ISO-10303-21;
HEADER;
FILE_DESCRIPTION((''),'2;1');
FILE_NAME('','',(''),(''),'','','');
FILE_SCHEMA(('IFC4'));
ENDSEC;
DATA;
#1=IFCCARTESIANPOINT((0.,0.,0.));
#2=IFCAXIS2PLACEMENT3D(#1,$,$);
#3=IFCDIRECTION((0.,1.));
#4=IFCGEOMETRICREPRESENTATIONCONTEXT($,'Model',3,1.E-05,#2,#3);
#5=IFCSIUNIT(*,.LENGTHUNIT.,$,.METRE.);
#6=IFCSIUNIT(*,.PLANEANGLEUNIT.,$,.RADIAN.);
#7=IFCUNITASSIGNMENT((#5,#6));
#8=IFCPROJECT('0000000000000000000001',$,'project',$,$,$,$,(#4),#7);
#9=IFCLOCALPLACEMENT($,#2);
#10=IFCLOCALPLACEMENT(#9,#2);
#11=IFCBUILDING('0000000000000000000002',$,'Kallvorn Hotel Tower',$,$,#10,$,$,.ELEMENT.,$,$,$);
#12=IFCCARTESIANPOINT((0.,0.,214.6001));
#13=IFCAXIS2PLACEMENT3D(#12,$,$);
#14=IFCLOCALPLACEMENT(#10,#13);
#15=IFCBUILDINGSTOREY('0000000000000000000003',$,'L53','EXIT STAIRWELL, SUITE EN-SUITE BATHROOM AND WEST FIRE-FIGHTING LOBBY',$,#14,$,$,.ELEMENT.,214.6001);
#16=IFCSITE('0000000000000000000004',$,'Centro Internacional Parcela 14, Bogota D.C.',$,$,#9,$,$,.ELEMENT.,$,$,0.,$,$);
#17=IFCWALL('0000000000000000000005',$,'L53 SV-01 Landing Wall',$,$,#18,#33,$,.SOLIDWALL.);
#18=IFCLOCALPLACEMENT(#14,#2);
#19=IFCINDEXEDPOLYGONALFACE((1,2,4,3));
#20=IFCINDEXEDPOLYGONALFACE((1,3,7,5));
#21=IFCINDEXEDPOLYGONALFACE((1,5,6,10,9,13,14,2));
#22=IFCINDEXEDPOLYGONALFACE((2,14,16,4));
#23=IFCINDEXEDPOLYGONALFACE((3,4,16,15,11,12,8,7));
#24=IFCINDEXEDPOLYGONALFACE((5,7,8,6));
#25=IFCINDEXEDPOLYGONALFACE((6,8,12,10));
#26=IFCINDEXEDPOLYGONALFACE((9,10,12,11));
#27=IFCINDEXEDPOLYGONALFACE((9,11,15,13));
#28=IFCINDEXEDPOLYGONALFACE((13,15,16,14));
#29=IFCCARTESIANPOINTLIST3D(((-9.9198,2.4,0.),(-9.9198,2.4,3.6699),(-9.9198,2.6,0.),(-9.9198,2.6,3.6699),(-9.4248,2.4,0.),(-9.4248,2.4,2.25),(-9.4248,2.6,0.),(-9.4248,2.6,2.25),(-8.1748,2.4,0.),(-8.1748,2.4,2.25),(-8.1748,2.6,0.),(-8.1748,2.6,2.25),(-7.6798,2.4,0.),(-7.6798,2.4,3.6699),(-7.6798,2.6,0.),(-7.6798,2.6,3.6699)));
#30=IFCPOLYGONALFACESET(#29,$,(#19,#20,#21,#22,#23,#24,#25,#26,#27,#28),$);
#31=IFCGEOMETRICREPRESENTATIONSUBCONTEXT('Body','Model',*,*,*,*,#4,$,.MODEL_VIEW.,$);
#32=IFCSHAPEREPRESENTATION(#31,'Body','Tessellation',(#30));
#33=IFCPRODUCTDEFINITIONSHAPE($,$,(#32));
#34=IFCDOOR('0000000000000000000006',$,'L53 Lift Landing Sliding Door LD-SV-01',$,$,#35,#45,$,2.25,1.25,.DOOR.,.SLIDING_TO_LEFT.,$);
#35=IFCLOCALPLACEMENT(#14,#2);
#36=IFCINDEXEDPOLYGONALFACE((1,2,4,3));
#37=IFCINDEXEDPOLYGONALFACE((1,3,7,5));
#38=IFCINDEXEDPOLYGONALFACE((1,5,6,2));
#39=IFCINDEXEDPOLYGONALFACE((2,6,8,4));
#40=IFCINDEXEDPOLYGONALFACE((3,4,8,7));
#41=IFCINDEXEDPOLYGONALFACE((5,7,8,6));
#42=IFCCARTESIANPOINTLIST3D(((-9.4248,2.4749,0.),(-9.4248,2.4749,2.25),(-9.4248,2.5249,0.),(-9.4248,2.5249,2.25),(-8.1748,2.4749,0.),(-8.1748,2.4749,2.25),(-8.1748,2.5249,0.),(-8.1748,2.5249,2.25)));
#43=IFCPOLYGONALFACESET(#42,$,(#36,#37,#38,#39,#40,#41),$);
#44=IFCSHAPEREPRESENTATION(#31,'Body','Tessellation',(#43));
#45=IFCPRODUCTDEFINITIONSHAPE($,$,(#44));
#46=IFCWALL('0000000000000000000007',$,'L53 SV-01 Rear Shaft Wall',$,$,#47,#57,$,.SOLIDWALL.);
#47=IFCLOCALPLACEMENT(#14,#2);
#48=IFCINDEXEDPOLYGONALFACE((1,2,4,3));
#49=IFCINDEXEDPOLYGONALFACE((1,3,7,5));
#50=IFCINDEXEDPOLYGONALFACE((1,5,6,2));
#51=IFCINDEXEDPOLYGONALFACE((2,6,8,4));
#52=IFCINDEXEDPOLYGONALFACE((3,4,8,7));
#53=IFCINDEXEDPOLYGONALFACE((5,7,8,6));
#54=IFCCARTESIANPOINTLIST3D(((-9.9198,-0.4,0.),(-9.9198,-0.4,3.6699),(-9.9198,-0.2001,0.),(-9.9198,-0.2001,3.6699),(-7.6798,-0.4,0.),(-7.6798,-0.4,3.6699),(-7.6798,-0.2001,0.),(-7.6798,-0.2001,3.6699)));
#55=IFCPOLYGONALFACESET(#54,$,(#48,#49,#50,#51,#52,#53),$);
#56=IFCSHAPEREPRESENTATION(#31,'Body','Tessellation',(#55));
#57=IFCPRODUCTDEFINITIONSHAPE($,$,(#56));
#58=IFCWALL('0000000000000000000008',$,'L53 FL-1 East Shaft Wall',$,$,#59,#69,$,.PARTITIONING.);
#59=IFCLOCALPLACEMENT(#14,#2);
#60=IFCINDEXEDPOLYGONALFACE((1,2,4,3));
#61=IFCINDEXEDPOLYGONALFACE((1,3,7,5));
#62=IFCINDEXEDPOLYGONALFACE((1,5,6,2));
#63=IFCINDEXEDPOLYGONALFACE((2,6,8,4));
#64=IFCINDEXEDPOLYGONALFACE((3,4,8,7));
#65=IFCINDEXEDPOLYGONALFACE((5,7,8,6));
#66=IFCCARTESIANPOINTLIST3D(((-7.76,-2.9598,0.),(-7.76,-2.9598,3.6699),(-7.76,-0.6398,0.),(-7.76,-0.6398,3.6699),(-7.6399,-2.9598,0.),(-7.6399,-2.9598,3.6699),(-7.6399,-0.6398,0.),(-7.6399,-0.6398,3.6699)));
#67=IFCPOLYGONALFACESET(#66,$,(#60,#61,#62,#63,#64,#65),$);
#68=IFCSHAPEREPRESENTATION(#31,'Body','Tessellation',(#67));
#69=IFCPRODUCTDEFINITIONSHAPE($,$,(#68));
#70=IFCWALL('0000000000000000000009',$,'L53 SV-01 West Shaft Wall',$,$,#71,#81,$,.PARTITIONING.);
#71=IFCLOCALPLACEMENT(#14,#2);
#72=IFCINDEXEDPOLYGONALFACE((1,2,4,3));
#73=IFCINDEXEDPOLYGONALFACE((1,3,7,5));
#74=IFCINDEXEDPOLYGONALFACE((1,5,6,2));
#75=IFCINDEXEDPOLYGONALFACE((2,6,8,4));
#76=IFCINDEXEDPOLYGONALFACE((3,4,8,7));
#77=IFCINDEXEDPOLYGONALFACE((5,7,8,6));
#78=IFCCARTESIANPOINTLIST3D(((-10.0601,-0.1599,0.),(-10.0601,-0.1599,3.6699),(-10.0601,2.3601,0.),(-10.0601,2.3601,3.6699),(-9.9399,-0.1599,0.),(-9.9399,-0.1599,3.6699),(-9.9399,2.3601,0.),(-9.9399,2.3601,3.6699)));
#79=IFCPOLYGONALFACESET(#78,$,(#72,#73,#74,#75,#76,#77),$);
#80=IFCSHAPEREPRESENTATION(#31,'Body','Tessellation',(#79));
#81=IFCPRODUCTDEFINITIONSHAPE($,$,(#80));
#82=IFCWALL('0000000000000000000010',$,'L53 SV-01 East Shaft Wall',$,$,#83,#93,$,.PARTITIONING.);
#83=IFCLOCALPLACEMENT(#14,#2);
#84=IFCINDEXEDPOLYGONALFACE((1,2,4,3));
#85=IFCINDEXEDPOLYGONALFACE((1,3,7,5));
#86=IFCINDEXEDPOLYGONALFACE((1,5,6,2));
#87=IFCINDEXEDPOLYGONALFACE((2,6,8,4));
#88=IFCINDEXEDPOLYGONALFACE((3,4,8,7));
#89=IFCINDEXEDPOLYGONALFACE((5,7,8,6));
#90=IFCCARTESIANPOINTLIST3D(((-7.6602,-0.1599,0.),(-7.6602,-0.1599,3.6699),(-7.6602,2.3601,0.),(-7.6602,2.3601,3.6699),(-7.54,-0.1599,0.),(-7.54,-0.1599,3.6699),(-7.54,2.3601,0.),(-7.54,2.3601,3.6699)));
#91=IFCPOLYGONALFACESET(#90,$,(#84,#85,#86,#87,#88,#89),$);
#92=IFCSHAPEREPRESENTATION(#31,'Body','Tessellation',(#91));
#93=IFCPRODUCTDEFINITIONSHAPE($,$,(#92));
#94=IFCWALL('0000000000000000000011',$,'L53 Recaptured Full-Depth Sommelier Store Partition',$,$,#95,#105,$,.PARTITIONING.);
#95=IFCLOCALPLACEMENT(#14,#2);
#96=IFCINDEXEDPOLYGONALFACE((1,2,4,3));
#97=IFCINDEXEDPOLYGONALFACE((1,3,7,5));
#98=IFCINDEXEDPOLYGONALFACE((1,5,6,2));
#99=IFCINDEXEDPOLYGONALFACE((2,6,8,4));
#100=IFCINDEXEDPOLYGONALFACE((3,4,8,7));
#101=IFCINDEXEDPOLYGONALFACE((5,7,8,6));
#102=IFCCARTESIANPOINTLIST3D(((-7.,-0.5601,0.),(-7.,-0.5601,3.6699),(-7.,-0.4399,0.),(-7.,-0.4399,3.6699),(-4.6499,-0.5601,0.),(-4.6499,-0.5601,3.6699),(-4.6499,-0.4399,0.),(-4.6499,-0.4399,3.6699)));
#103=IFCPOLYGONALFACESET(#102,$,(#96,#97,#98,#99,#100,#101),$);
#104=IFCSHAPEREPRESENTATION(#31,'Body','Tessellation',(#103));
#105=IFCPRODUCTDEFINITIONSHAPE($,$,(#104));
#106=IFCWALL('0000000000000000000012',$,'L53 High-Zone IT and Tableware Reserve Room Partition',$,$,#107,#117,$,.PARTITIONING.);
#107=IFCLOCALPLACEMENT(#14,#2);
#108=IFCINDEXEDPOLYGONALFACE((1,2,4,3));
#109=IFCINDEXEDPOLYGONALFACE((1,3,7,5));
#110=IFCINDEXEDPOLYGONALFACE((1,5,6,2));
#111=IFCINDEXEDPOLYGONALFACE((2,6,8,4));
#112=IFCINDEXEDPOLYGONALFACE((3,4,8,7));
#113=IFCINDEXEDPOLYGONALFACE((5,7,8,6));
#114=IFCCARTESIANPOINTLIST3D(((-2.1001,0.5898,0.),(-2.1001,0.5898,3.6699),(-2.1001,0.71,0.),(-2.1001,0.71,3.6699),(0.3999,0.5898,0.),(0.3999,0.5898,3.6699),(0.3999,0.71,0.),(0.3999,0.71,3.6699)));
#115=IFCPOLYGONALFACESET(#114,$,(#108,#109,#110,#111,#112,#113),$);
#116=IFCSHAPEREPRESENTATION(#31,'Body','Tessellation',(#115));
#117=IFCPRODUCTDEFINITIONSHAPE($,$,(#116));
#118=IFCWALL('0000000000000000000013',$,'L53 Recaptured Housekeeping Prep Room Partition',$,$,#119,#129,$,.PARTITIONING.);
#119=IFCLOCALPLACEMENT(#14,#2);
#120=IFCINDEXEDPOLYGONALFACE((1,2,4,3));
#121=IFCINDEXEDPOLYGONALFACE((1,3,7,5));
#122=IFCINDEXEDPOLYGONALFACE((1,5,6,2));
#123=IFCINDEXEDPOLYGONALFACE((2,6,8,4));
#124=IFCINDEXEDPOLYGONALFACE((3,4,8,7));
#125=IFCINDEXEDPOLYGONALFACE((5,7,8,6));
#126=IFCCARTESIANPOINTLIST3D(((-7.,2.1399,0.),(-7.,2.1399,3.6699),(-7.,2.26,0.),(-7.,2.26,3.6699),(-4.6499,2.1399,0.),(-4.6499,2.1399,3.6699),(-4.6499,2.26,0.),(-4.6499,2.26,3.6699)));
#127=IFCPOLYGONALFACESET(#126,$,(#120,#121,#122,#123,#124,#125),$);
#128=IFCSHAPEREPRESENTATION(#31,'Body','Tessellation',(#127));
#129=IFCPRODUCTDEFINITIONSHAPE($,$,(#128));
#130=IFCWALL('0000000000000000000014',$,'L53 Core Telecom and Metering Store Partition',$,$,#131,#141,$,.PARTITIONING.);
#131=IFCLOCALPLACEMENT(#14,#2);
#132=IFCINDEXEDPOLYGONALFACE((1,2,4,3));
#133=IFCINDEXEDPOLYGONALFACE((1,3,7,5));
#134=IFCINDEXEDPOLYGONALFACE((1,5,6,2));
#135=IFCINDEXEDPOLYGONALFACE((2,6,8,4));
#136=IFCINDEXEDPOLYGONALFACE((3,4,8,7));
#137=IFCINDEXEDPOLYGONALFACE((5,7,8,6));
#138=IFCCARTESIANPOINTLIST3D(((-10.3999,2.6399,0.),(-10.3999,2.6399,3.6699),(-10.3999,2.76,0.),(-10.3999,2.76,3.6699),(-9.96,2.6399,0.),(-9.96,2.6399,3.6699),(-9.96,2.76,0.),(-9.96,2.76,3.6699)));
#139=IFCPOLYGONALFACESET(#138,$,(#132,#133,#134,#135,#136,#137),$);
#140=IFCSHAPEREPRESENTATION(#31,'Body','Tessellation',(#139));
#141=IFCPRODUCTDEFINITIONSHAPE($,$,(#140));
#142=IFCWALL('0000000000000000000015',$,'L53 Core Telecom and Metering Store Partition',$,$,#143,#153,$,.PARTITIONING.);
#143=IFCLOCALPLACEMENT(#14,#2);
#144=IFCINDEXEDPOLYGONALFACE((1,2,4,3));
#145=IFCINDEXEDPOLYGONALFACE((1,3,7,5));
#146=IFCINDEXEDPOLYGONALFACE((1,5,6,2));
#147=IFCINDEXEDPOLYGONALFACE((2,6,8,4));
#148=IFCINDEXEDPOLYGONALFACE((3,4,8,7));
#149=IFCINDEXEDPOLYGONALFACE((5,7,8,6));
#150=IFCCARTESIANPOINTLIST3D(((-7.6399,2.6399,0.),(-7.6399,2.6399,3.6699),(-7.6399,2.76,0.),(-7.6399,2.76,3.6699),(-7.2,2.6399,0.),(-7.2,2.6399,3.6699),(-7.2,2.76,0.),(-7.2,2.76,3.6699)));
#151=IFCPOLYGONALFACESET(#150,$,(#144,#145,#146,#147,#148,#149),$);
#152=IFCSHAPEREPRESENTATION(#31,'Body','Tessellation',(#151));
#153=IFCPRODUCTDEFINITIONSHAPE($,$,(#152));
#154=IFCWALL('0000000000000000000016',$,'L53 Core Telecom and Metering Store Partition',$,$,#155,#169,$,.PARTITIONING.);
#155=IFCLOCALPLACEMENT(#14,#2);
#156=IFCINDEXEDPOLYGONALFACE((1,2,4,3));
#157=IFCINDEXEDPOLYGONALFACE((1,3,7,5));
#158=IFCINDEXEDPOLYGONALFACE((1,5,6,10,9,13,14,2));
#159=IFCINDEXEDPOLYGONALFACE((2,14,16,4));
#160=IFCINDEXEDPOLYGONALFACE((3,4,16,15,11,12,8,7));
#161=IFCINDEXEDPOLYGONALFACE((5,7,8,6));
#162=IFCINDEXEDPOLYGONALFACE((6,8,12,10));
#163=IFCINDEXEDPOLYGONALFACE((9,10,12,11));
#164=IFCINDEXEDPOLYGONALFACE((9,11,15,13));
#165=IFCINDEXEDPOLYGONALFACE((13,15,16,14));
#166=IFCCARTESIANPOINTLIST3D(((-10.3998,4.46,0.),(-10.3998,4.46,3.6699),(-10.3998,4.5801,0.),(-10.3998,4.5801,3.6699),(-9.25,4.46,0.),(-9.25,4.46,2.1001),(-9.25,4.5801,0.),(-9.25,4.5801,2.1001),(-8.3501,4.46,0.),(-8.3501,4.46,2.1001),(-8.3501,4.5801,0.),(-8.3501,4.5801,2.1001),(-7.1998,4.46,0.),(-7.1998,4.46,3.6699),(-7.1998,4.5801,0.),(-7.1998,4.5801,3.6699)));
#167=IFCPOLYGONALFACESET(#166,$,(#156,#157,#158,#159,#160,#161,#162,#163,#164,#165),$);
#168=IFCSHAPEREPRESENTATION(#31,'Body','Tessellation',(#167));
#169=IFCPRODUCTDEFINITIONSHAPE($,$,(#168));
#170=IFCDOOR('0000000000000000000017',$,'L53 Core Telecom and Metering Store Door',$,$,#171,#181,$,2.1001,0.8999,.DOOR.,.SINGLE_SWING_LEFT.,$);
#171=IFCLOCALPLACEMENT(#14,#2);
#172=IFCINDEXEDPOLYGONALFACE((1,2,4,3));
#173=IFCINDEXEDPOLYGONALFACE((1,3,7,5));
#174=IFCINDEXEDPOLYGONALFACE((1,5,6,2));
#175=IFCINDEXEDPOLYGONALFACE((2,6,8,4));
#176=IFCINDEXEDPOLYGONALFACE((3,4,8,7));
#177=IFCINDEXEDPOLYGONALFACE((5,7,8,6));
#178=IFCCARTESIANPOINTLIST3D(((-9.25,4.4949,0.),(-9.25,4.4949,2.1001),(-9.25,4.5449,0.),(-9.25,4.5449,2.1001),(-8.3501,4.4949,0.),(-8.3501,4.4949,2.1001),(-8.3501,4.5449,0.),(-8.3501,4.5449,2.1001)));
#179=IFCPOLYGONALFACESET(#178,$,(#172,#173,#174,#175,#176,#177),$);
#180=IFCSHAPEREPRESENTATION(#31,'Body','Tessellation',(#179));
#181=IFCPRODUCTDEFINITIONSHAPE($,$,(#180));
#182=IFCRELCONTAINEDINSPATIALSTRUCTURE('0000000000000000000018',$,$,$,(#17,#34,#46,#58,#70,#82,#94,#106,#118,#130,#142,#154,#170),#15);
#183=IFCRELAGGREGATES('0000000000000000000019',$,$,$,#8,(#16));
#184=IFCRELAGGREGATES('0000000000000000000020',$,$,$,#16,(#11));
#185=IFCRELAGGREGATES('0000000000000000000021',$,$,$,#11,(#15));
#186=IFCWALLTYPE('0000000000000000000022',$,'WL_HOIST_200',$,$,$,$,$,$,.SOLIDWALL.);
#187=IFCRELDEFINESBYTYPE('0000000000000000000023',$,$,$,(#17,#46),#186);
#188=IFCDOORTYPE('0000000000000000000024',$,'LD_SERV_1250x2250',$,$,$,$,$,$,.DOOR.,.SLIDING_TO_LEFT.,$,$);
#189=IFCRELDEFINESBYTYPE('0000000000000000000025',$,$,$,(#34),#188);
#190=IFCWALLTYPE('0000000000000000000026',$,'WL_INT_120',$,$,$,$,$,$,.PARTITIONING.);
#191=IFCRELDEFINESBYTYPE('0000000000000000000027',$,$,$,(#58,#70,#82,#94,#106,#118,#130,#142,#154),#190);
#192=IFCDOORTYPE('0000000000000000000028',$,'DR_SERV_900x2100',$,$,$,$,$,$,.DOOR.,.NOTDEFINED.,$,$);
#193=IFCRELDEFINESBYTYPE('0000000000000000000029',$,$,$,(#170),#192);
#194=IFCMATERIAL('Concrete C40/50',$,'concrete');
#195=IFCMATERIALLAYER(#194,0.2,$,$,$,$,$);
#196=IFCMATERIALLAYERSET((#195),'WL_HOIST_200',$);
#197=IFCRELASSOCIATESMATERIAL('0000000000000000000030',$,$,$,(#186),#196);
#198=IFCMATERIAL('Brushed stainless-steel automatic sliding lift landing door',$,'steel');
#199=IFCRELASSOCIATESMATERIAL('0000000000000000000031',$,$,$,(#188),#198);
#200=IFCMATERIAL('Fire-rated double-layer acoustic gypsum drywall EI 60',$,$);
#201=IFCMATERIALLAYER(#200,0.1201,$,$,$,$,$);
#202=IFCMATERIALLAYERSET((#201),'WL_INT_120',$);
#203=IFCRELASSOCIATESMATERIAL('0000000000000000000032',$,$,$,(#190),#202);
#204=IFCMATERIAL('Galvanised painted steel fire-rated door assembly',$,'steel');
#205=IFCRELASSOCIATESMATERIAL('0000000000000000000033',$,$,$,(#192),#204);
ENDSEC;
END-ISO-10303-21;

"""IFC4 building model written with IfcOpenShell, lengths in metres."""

from ifc_helpers import new_model, si_unit, direction, frame, frame_2d, origin, place, context, subcontext, project, spatial, rectangle, extrude, material, layer, layer_set, type_object, element, fill, save


model = new_model("IFC4")

# Units and contexts
model_context = context("Model", 3, precision=1e-05, world=origin(), true_north=direction((0.0, 1.0)))
body_context = subcontext(model_context, "Body", "Model", "MODEL_VIEW")
ifc_project = project(units=[si_unit("LENGTHUNIT", "METRE"), si_unit("PLANEANGLEUNIT", "RADIAN")], contexts=[model_context])

# Site, building, storey
site_placement = place(None, origin())
site = spatial("IfcSite", under=ifc_project, at=site_placement, Name="Centro Internacional Parcela 14, Bogota D.C.", CompositionType="ELEMENT", RefElevation=0.0)
building_placement = place(site_placement, origin())
building = spatial("IfcBuilding", under=site, at=building_placement, Name="Kallvorn Hotel Tower", CompositionType="ELEMENT")
storey_placement = place(building_placement, frame((0.0, 0.0, 214.6001)))
storey = spatial("IfcBuildingStorey", under=building, at=storey_placement, Name="L53", Description="EXIT STAIRWELL, SUITE EN-SUITE BATHROOM AND WEST FIRE-FIGHTING LOBBY", CompositionType="ELEMENT", Elevation=214.6001)

# Shared definitions
ifc_material_1 = material(Name="Concrete C40/50", Category="concrete")
ifc_layer_1 = layer(ifc_material_1, 0.2)
ifc_layer_set_1 = layer_set([ifc_layer_1], Name="WL_HOIST_200")
wall_type_1 = type_object("IfcWallType", Name="WL_HOIST_200", PredefinedType="SOLIDWALL", material=ifc_layer_set_1)

# Wall, opening, door
wall_1_placement = place(storey_placement, frame((-9.9199, 2.5, 0.0), z_axis=(0.0, 0.0, 1.0), x_axis=(1.0, 0.0, 0.0)))
wall_1 = element("IfcWall", 1, at=wall_1_placement, inside=storey, type_object=wall_type_1, Name="L53 SV-01 Landing Wall", PredefinedType="SOLIDWALL", context=body_context, shape_type="SweptSolid", body=[
    extrude(rectangle(XDim=2.24, YDim=0.2, at=frame_2d((1.1201, 0.0))), origin(), (0.0, 0.0, 1.0), 3.6699),
])
opening_1_placement = place(wall_1_placement, frame((0.4951, 0.0, 0.0)))
opening_1 = element("IfcOpeningElement", 2, at=opening_1_placement, cuts=wall_1, PredefinedType="OPENING", context=body_context, shape_type="SweptSolid", body=[
    extrude(rectangle(XDim=1.25, YDim=2.25, at=frame_2d((0.625, 1.125))), frame((0.0, 0.115, 0.0), z_axis=(0.0, -1.0, 0.0), x_axis=(1.0, 0.0, 0.0)), (0.0, 0.0, 1.0), 0.23),
])
ifc_material_2 = material(Name="Brushed stainless-steel automatic sliding lift landing door", Category="steel")
door_type_1 = type_object("IfcDoorType", Name="LD_SERV_1250x2250", OperationType="SLIDING_TO_LEFT", PredefinedType="DOOR", material=ifc_material_2)
door_1_placement = place(opening_1_placement, origin())
door_1 = element("IfcDoor", 3, at=door_1_placement, inside=storey, type_object=door_type_1, Name="L53 Lift Landing Sliding Door LD-SV-01", OperationType="SLIDING_TO_LEFT", OverallHeight=2.25, OverallWidth=1.25, PredefinedType="DOOR", context=body_context, shape_type="SweptSolid", body=[
    extrude(rectangle(XDim=1.25, YDim=2.25, at=frame_2d((0.625, 1.125))), frame((0.0, 0.0249, 0.0), z_axis=(0.0, -1.0, 0.0), x_axis=(1.0, 0.0, 0.0)), (0.0, 0.0, 1.0), 0.05),
])
fill(opening_1, door_1)

# Walls
wall_2_placement = place(storey_placement, frame((-9.9199, -0.3, 0.0), z_axis=(0.0, 0.0, 1.0), x_axis=(1.0, 0.0, 0.0)))
element("IfcWall", 4, at=wall_2_placement, inside=storey, type_object=wall_type_1, Name="L53 SV-01 Rear Shaft Wall", PredefinedType="SOLIDWALL", context=body_context, shape_type="SweptSolid", body=[
    extrude(rectangle(XDim=2.24, YDim=0.2, at=frame_2d((1.1201, 0.0))), origin(), (0.0, 0.0, 1.0), 3.6699),
])
ifc_material_3 = material(Name="Fire-rated double-layer acoustic gypsum drywall EI 60")
ifc_layer_2 = layer(ifc_material_3, 0.1201)
ifc_layer_set_2 = layer_set([ifc_layer_2], Name="WL_INT_120")
wall_type_2 = type_object("IfcWallType", Name="WL_INT_120", PredefinedType="PARTITIONING", material=ifc_layer_set_2)
wall_3_placement = place(storey_placement, frame((-7.7, -2.96, 0.0), z_axis=(0.0, 0.0, 1.0), x_axis=(0.0, 1.0, 0.0)))
element("IfcWall", 5, at=wall_3_placement, inside=storey, type_object=wall_type_2, Name="L53 FL-1 East Shaft Wall", PredefinedType="PARTITIONING", context=body_context, shape_type="SweptSolid", body=[
    extrude(rectangle(XDim=2.3201, YDim=0.1201, at=frame_2d((1.1602, 0.0))), origin(), (0.0, 0.0, 1.0), 3.6699),
])
for number, where, z_axis, x_axis, name in (
    (6, (-10.0, -0.1599, 0.0), (0.0, 0.0, 1.0), (0.0, 1.0, 0.0), "L53 SV-01 West Shaft Wall"),
    (7, (-7.6001, -0.1599, 0.0), (0.0, 0.0, 1.0), (0.0, 1.0, 0.0), "L53 SV-01 East Shaft Wall"),
):
    element("IfcWall", number, at=place(storey_placement, frame(where, z_axis=z_axis, x_axis=x_axis)), inside=storey, type_object=wall_type_2, Name=name, PredefinedType="PARTITIONING", context=body_context, shape_type="SweptSolid", body=[
        extrude(rectangle(XDim=2.52, YDim=0.1201, at=frame_2d((1.26, 0.0))), origin(), (0.0, 0.0, 1.0), 3.6699),
    ])
wall_4_placement = place(storey_placement, frame((-7.0, -0.5, 0.0), z_axis=(0.0, 0.0, 1.0), x_axis=(1.0, 0.0, 0.0)))
element("IfcWall", 8, at=wall_4_placement, inside=storey, type_object=wall_type_2, Name="L53 Recaptured Full-Depth Sommelier Store Partition", PredefinedType="PARTITIONING", context=body_context, shape_type="SweptSolid", body=[
    extrude(rectangle(XDim=2.3501, YDim=0.1201, at=frame_2d((1.175, 0.0))), origin(), (0.0, 0.0, 1.0), 3.6699),
])
wall_5_placement = place(storey_placement, frame((-2.1001, 0.6499, 0.0), z_axis=(0.0, 0.0, 1.0), x_axis=(1.0, 0.0, 0.0)))
element("IfcWall", 9, at=wall_5_placement, inside=storey, type_object=wall_type_2, Name="L53 High-Zone IT and Tableware Reserve Room Partition", PredefinedType="PARTITIONING", context=body_context, shape_type="SweptSolid", body=[
    extrude(rectangle(XDim=2.5, YDim=0.1201, at=frame_2d((1.25, 0.0))), origin(), (0.0, 0.0, 1.0), 3.6699),
])
wall_6_placement = place(storey_placement, frame((-7.0, 2.2, 0.0), z_axis=(0.0, 0.0, 1.0), x_axis=(1.0, 0.0, 0.0)))
element("IfcWall", 10, at=wall_6_placement, inside=storey, type_object=wall_type_2, Name="L53 Recaptured Housekeeping Prep Room Partition", PredefinedType="PARTITIONING", context=body_context, shape_type="SweptSolid", body=[
    extrude(rectangle(XDim=2.3501, YDim=0.1201, at=frame_2d((1.175, 0.0))), origin(), (0.0, 0.0, 1.0), 3.6699),
])
for number, where, z_axis, x_axis, name in (
    (11, (-10.3999, 2.7, 0.0), (0.0, 0.0, 1.0), (1.0, 0.0, 0.0), "L53 Core Telecom and Metering Store Partition"),
    (12, (-7.6399, 2.7, 0.0), (0.0, 0.0, 1.0), (1.0, 0.0, 0.0), "L53 Core Telecom and Metering Store Partition"),
):
    element("IfcWall", number, at=place(storey_placement, frame(where, z_axis=z_axis, x_axis=x_axis)), inside=storey, type_object=wall_type_2, Name=name, PredefinedType="PARTITIONING", context=body_context, shape_type="SweptSolid", body=[
        extrude(rectangle(XDim=0.4399, YDim=0.1201, at=frame_2d((0.22, 0.0))), origin(), (0.0, 0.0, 1.0), 3.6699),
    ])

# Wall, opening, door
wall_7_placement = place(storey_placement, frame((-10.3999, 4.52, 0.0), z_axis=(0.0, 0.0, 1.0), x_axis=(1.0, 0.0, 0.0)))
wall_7 = element("IfcWall", 13, at=wall_7_placement, inside=storey, type_object=wall_type_2, Name="L53 Core Telecom and Metering Store Partition", PredefinedType="PARTITIONING", context=body_context, shape_type="SweptSolid", body=[
    extrude(rectangle(XDim=3.2, YDim=0.1201, at=frame_2d((1.6001, 0.0))), origin(), (0.0, 0.0, 1.0), 3.6699),
])
opening_2_placement = place(wall_7_placement, frame((1.1499, 0.0, 0.0)))
opening_2 = element("IfcOpeningElement", 14, at=opening_2_placement, cuts=wall_7, PredefinedType="OPENING", context=body_context, shape_type="SweptSolid", body=[
    extrude(rectangle(XDim=0.8999, YDim=2.1001, at=frame_2d((0.45, 1.05))), frame((0.0, 0.075, 0.0), z_axis=(0.0, -1.0, 0.0), x_axis=(1.0, 0.0, 0.0)), (0.0, 0.0, 1.0), 0.1501),
])
ifc_material_4 = material(Name="Galvanised painted steel fire-rated door assembly", Category="steel")
door_type_2 = type_object("IfcDoorType", Name="DR_SERV_900x2100", OperationType="NOTDEFINED", PredefinedType="DOOR", material=ifc_material_4)
door_2_placement = place(opening_2_placement, origin())
door_2 = element("IfcDoor", 15, at=door_2_placement, inside=storey, type_object=door_type_2, Name="L53 Core Telecom and Metering Store Door", OperationType="SINGLE_SWING_LEFT", OverallHeight=2.1001, OverallWidth=0.8999, PredefinedType="DOOR", context=body_context, shape_type="SweptSolid", body=[
    extrude(rectangle(XDim=0.8999, YDim=2.1001, at=frame_2d((0.45, 1.05))), frame((0.0, 0.0249, 0.0), z_axis=(0.0, -1.0, 0.0), x_axis=(1.0, 0.0, 0.0)), (0.0, 0.0, 1.0), 0.05),
])
fill(opening_2, door_2)

save(model, "model.ifc")
